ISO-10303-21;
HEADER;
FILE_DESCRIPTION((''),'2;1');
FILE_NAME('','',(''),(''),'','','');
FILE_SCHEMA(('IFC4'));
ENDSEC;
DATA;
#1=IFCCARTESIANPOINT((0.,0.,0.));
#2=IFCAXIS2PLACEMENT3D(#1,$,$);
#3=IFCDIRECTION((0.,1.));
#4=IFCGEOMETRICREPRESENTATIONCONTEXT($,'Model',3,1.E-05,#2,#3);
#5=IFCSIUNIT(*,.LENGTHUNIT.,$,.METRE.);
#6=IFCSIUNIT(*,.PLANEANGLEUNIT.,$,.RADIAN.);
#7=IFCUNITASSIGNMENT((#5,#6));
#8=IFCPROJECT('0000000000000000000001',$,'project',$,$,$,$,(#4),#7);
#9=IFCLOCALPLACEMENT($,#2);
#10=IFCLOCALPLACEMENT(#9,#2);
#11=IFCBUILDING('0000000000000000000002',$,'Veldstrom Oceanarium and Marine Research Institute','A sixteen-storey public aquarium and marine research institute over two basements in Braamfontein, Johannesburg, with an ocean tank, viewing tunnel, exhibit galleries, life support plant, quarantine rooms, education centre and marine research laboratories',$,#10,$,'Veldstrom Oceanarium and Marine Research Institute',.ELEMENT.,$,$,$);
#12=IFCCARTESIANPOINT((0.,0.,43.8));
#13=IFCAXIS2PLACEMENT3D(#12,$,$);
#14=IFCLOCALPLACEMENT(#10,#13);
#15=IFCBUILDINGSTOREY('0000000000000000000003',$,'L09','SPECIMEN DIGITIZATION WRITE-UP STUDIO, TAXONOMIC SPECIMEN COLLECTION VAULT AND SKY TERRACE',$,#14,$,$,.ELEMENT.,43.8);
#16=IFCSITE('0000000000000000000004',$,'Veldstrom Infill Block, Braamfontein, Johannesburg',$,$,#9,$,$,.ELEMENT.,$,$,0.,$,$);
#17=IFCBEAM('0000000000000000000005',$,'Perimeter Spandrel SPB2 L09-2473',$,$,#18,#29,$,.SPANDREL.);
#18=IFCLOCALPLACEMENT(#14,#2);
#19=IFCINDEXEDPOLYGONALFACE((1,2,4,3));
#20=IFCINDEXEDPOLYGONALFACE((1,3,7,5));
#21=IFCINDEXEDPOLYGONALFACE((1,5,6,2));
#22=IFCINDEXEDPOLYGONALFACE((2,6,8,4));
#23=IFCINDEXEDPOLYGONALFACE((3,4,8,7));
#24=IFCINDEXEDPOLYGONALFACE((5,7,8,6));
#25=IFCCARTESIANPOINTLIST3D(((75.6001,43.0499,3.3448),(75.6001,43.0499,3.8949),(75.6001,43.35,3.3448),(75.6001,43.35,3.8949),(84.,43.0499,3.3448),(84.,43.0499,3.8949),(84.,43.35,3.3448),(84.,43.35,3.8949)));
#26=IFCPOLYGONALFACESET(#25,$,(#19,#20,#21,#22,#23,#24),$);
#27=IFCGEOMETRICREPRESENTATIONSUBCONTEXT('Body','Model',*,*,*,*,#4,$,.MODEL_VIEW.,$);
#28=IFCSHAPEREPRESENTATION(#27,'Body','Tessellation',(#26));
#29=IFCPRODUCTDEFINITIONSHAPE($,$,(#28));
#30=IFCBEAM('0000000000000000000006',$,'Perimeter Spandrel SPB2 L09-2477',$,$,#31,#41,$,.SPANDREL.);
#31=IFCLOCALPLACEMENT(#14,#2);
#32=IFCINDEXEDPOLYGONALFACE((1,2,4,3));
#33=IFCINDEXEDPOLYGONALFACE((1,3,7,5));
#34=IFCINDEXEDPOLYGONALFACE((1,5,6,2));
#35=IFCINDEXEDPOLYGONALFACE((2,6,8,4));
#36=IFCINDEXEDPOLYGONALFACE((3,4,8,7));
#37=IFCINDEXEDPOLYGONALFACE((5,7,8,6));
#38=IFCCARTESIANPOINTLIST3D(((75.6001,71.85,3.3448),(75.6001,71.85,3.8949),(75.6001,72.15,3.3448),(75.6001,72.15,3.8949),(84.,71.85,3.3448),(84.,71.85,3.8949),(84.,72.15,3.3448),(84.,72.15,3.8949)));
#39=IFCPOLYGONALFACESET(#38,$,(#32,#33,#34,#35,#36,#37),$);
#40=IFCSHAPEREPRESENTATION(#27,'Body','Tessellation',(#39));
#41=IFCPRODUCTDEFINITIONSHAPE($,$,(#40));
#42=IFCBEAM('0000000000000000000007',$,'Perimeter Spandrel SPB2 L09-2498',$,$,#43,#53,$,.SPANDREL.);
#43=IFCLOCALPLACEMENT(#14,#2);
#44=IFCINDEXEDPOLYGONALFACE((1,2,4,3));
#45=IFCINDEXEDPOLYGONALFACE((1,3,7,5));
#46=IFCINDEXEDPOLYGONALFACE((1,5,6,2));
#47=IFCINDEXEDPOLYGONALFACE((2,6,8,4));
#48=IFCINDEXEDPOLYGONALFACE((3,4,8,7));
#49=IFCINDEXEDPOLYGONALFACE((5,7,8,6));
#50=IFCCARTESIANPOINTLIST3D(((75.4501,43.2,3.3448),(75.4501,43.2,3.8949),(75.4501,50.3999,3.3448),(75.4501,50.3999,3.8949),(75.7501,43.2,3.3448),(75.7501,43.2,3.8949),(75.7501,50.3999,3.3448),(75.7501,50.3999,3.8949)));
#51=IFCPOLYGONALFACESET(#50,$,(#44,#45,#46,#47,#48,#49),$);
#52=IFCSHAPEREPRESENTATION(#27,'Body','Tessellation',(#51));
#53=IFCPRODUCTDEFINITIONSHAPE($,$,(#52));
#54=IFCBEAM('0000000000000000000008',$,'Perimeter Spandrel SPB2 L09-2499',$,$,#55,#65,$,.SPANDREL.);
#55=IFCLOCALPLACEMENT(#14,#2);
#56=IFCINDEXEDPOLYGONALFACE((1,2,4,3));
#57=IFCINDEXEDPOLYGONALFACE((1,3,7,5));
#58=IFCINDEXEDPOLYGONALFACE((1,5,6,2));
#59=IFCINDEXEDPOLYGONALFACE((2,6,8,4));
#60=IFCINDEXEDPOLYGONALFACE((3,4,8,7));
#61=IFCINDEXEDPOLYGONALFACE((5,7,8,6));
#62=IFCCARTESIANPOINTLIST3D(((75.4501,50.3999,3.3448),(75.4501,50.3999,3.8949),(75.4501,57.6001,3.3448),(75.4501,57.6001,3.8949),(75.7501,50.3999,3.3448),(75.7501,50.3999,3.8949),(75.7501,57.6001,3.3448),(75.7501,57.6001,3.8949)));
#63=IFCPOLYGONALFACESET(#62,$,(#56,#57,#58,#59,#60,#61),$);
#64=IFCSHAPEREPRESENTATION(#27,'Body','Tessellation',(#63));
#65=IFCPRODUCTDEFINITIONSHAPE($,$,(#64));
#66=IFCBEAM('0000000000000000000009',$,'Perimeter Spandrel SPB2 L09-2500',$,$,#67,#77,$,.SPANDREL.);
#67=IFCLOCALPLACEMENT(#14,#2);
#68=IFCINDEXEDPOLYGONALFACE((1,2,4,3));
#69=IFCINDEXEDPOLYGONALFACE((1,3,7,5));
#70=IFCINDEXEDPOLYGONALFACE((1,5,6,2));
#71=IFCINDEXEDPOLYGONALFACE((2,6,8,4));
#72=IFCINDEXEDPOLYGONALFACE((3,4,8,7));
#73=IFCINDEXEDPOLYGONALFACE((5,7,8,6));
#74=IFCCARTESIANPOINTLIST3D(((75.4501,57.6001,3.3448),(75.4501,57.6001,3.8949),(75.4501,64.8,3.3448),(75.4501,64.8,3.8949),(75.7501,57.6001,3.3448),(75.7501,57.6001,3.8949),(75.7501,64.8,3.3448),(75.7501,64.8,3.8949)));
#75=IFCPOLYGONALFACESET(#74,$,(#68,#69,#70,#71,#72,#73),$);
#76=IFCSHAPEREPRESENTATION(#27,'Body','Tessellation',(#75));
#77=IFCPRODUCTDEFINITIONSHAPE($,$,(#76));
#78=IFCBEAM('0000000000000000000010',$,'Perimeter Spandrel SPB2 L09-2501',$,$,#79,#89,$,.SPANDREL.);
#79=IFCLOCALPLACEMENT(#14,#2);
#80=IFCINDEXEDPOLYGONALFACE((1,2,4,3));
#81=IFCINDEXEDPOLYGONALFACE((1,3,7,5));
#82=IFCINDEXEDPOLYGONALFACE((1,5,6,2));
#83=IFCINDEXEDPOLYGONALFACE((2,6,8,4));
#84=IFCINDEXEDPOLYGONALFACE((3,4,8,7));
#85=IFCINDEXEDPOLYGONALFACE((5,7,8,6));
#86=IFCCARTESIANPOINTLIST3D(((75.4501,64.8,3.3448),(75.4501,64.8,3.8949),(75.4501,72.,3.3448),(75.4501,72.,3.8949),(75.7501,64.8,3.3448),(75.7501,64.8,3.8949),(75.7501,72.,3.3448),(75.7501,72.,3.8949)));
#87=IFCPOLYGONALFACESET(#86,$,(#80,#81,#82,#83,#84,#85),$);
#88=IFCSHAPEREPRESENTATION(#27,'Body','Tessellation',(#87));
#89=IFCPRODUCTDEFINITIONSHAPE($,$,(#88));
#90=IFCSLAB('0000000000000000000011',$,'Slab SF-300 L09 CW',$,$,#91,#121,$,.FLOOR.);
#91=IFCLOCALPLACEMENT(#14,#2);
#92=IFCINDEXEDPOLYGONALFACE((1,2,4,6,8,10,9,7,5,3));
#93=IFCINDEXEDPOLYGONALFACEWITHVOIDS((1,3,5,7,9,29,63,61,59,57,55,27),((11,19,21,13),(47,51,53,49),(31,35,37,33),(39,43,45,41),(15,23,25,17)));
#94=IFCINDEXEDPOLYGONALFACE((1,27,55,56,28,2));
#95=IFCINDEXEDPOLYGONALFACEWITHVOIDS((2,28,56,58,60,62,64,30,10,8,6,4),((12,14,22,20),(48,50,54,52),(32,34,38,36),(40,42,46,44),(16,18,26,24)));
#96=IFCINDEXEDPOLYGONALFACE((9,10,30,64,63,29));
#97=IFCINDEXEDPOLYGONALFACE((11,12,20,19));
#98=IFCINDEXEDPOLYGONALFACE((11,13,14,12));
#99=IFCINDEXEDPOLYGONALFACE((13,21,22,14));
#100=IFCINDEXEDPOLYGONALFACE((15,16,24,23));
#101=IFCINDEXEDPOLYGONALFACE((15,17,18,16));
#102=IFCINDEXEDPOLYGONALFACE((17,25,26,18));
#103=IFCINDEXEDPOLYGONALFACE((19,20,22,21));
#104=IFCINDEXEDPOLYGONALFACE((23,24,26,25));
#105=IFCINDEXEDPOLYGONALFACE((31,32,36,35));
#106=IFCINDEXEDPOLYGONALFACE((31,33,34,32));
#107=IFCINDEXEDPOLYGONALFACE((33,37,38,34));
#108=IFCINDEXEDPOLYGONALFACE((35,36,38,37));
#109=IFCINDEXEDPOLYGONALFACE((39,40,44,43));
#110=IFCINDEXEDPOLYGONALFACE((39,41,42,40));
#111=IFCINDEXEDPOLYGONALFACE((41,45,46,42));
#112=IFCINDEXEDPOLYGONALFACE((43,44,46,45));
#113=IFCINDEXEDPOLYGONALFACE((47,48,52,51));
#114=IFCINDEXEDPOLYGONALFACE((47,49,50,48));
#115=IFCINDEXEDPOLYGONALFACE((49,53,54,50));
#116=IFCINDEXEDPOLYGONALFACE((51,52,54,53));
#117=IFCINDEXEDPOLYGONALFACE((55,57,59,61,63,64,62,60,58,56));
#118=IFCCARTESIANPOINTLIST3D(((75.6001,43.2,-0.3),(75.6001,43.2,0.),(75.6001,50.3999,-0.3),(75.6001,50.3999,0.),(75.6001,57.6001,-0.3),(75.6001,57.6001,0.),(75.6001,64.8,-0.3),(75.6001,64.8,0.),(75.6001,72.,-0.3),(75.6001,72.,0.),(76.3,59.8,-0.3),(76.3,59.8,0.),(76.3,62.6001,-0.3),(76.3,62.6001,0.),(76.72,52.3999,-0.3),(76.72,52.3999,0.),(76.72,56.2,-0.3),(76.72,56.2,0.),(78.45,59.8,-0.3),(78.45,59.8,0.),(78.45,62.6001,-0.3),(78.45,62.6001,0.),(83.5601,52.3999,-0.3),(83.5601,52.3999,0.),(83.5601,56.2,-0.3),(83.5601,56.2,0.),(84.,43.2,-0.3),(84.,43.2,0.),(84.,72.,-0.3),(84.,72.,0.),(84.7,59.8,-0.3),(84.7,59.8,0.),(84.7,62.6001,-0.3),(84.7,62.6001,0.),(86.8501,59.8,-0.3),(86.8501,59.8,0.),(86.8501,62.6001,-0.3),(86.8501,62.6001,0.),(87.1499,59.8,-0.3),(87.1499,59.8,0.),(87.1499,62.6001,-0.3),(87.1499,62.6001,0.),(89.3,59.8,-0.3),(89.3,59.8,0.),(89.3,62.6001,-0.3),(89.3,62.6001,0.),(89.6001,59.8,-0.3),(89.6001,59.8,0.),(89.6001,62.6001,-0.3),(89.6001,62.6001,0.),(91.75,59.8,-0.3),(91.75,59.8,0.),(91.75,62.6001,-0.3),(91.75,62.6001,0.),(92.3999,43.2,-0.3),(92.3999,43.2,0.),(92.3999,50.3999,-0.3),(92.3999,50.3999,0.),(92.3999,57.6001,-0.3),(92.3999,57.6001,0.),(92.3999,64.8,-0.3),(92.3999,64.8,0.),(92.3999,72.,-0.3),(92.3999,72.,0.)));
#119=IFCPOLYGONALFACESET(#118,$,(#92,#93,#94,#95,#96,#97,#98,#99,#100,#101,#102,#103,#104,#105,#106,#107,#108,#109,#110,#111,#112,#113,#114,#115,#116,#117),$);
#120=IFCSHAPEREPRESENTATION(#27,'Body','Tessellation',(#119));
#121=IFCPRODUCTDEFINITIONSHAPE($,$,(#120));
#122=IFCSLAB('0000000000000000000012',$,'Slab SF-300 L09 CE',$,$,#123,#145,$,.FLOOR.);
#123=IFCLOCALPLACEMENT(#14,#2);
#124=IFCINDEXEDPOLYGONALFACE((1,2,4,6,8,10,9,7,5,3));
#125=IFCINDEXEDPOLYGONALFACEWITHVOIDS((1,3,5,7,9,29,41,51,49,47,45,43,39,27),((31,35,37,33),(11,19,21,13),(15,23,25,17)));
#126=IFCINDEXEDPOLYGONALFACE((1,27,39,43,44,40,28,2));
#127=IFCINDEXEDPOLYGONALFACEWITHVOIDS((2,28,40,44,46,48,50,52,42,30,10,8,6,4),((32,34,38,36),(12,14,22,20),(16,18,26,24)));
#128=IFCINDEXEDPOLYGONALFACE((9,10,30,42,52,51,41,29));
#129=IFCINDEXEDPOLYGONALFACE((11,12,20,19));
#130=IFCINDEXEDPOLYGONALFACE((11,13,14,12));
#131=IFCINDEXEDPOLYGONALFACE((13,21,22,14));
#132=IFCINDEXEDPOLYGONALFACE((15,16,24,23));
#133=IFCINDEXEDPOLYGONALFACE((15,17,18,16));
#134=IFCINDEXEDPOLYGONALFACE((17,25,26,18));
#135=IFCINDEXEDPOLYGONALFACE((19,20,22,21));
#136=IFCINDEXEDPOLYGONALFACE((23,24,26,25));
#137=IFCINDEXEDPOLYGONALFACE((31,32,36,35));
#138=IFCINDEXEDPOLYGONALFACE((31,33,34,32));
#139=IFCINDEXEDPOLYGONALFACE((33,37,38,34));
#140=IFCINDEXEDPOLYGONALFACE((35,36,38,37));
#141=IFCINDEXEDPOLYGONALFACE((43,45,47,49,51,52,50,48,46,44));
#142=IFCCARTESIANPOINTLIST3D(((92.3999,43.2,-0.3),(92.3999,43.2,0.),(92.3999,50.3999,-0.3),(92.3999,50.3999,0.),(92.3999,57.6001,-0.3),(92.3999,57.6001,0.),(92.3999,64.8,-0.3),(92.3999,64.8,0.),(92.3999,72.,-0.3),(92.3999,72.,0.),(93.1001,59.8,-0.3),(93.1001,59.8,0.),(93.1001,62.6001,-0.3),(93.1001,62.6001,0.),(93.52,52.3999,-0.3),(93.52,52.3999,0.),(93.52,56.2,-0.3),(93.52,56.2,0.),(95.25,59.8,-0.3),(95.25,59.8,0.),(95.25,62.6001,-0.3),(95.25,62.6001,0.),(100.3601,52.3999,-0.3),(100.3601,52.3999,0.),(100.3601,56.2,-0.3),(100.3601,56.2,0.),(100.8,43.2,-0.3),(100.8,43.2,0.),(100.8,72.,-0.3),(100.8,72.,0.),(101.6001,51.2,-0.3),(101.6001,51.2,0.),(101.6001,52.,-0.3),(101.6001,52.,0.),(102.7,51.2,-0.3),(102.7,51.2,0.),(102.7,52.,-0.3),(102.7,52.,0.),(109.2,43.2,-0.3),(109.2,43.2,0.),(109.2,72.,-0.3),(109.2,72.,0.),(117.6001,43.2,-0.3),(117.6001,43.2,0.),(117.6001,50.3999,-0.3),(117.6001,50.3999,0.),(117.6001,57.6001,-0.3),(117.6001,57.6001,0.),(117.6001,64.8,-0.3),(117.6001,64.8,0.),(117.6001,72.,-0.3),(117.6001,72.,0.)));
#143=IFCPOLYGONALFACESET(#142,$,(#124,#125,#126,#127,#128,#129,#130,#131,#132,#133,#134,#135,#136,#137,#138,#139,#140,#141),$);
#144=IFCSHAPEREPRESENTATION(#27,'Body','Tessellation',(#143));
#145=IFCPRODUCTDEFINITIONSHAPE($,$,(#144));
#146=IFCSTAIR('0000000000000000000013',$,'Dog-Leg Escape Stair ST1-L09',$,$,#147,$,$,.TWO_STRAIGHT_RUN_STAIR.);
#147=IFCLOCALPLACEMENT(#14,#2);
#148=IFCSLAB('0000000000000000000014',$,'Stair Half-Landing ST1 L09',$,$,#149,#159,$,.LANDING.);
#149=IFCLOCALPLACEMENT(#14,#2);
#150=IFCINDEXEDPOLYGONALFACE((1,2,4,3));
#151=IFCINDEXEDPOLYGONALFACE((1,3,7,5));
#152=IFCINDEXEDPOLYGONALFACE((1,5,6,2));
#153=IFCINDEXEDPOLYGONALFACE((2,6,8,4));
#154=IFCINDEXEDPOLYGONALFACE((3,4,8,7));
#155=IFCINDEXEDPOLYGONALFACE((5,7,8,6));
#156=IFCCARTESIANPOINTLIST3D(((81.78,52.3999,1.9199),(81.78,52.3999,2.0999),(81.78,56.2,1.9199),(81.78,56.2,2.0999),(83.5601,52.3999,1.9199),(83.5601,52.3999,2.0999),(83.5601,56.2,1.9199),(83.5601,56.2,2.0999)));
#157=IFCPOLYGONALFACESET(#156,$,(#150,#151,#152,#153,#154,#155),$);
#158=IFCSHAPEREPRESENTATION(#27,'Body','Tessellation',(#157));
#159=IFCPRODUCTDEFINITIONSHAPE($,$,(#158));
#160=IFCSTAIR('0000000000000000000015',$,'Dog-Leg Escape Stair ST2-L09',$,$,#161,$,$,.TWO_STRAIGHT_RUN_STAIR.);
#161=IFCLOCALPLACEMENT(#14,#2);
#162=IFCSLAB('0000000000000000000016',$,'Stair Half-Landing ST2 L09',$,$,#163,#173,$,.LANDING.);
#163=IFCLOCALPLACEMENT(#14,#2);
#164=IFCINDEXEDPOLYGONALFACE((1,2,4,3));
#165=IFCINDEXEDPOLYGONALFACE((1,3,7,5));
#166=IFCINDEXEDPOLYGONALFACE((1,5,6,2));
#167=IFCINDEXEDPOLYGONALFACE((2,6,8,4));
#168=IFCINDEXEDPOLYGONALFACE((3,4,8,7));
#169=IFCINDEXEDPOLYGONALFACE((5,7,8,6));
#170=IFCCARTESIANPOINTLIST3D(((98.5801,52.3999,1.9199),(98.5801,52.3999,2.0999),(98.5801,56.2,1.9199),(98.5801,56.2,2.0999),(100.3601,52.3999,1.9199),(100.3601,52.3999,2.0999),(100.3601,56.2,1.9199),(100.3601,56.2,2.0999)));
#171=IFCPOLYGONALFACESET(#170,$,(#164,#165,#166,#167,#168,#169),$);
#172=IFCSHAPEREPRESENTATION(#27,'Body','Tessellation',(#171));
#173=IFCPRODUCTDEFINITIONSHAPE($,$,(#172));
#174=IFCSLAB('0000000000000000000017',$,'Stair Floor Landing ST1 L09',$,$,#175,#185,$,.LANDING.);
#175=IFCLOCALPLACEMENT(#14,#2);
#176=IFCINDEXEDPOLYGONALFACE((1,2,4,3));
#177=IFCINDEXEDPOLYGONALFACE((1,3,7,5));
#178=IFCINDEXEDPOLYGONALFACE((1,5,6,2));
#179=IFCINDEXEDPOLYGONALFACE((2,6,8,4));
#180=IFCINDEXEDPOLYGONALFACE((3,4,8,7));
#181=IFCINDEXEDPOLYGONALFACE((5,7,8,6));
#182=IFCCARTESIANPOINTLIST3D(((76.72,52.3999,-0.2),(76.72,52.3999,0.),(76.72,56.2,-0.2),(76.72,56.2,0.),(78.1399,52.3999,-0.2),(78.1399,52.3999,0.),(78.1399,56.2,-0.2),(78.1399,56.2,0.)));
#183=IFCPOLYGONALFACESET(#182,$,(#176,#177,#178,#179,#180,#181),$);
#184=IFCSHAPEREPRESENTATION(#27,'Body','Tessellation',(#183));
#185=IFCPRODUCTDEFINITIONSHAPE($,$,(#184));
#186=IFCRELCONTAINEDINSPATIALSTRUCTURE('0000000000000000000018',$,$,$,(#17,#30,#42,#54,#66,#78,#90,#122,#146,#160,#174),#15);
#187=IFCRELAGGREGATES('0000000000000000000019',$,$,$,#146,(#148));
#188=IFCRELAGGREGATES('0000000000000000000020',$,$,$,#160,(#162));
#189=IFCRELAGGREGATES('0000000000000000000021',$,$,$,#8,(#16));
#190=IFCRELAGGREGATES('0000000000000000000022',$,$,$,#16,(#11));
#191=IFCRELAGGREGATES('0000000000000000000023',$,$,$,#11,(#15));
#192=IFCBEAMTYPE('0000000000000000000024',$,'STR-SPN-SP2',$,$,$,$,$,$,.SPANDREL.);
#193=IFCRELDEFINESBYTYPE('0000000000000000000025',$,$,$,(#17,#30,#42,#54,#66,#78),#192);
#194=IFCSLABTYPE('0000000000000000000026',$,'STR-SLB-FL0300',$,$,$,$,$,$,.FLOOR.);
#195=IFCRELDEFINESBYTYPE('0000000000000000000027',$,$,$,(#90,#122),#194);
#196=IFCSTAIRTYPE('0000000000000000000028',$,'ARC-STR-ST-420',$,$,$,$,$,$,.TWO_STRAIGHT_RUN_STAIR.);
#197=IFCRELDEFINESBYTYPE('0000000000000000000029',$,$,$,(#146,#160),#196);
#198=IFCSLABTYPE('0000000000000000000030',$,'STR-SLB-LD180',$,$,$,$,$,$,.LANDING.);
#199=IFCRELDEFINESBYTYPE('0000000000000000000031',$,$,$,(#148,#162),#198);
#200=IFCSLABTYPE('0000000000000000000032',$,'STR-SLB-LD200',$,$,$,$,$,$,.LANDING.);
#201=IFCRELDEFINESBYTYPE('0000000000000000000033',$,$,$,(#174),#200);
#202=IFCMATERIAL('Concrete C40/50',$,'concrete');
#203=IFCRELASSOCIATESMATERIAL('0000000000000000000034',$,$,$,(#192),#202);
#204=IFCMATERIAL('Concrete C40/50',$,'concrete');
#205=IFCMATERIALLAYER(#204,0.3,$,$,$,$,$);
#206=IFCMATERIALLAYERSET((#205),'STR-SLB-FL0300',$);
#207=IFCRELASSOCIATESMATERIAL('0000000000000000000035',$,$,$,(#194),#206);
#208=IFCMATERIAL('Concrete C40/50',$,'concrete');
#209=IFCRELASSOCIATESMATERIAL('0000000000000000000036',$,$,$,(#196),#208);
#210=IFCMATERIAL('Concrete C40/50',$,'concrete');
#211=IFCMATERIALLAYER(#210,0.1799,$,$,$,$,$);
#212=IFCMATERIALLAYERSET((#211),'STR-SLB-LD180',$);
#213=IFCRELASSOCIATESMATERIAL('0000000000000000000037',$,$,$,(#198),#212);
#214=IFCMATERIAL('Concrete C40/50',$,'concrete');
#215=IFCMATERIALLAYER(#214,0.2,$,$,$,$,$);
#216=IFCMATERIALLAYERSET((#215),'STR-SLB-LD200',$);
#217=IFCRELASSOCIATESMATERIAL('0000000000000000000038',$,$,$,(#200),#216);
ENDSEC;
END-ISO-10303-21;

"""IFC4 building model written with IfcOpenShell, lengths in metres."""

from ifc_helpers import new_model, si_unit, direction, frame, origin, origin_2d, place, context, subcontext, project, spatial, polyline, rectangle, outline, extrude, material, layer, layer_set, material_profile, profile_set, type_object, element, aggregate, save


model = new_model("IFC4")

# Units and contexts
model_context = context("Model", 3, precision=1e-05, world=origin(), true_north=direction((0.0, 1.0)))
body_context = subcontext(model_context, "Body", "Model", "MODEL_VIEW")
ifc_project = project(units=[si_unit("LENGTHUNIT", "METRE"), si_unit("PLANEANGLEUNIT", "RADIAN")], contexts=[model_context])

# Site, building, storey
site_placement = place(None, origin())
site = spatial("IfcSite", under=ifc_project, at=site_placement, Name="Veldstrom Infill Block, Braamfontein, Johannesburg", CompositionType="ELEMENT", RefElevation=0.0)
building_placement = place(site_placement, origin())
building = spatial("IfcBuilding", under=site, at=building_placement, Name="Veldstrom Oceanarium and Marine Research Institute", Description="A sixteen-storey public aquarium and marine research institute over two basements in Braamfontein, Johannesburg, with an ocean tank, viewing tunnel, exhibit galleries, life support plant, quarantine rooms, education centre and marine research laboratories", LongName="Veldstrom Oceanarium and Marine Research Institute", CompositionType="ELEMENT")
storey_placement = place(building_placement, frame((0.0, 0.0, 43.8)))
storey = spatial("IfcBuildingStorey", under=building, at=storey_placement, Name="L09", Description="SPECIMEN DIGITIZATION WRITE-UP STUDIO, TAXONOMIC SPECIMEN COLLECTION VAULT AND SKY TERRACE", CompositionType="ELEMENT", Elevation=43.8)

# Beams
ifc_material_1 = material(Name="Concrete C40/50", Category="concrete")
ifc_material_profile_1 = material_profile(ifc_material_1, rectangle(XDim=0.3, YDim=0.55, at=origin_2d()), Name="RC-SPN-300x550")
ifc_profile_set_1 = profile_set([ifc_material_profile_1], Name="Concrete C40/50")
beam_type_1 = type_object("IfcBeamType", Name="STR-SPN-SP2", PredefinedType="SPANDREL", material=ifc_profile_set_1)
for number, where, z_axis, x_axis, name in (
    (1, (75.6001, 43.2, 3.6199), (1.0, 0.0, 0.0), (0.0, 1.0, 0.0), "Perimeter Spandrel SPB2 L09-2473"),
    (2, (75.6001, 72.0, 3.6199), (1.0, 0.0, 0.0), (0.0, 1.0, 0.0), "Perimeter Spandrel SPB2 L09-2477"),
):
    element("IfcBeam", number, at=place(storey_placement, frame(where, z_axis=z_axis, x_axis=x_axis)), inside=storey, type_object=beam_type_1, Name=name, PredefinedType="SPANDREL", context=body_context, shape_type="SweptSolid", body=[
        extrude(rectangle(XDim=0.3, YDim=0.55, at=origin_2d()), origin(), (0.0, 0.0, 1.0), 8.3999),
    ])
beam_1_placement = place(storey_placement, frame((75.6001, 43.2, 3.6199), z_axis=(0.0, 1.0, 0.0), x_axis=(-1.0, 0.0, 0.0)))
element("IfcBeam", 3, at=beam_1_placement, inside=storey, type_object=beam_type_1, Name="Perimeter Spandrel SPB2 L09-2498", PredefinedType="SPANDREL", context=body_context, shape_type="SweptSolid", body=[
    extrude(rectangle(XDim=0.3, YDim=0.55, at=origin_2d()), origin(), (0.0, 0.0, 1.0), 7.2),
])
beam_2_placement = place(storey_placement, frame((75.6001, 50.3999, 3.6199), z_axis=(0.0, 1.0, 0.0), x_axis=(-1.0, 0.0, 0.0)))
element("IfcBeam", 4, at=beam_2_placement, inside=storey, type_object=beam_type_1, Name="Perimeter Spandrel SPB2 L09-2499", PredefinedType="SPANDREL", context=body_context, shape_type="SweptSolid", body=[
    extrude(rectangle(XDim=0.3, YDim=0.55, at=origin_2d()), origin(), (0.0, 0.0, 1.0), 7.2002),
])
for number, where, z_axis, x_axis, name in (
    (5, (75.6001, 57.6001, 3.6199), (0.0, 1.0, 0.0), (-1.0, 0.0, 0.0), "Perimeter Spandrel SPB2 L09-2500"),
    (6, (75.6001, 64.8, 3.6199), (0.0, 1.0, 0.0), (-1.0, 0.0, 0.0), "Perimeter Spandrel SPB2 L09-2501"),
):
    element("IfcBeam", number, at=place(storey_placement, frame(where, z_axis=z_axis, x_axis=x_axis)), inside=storey, type_object=beam_type_1, Name=name, PredefinedType="SPANDREL", context=body_context, shape_type="SweptSolid", body=[
        extrude(rectangle(XDim=0.3, YDim=0.55, at=origin_2d()), origin(), (0.0, 0.0, 1.0), 7.2),
    ])

# Slabs
ifc_material_2 = material(Name="Concrete C40/50", Category="concrete")
ifc_layer_1 = layer(ifc_material_2, 0.3)
ifc_layer_set_1 = layer_set([ifc_layer_1], Name="STR-SLB-FL0300")
slab_type_1 = type_object("IfcSlabType", Name="STR-SLB-FL0300", PredefinedType="FLOOR", material=ifc_layer_set_1)
slab_1_placement = place(storey_placement, frame((0.0, 0.0, -0.3)))
element("IfcSlab", 7, at=slab_1_placement, inside=storey, type_object=slab_type_1, Name="Slab SF-300 L09 CW", PredefinedType="FLOOR", context=body_context, shape_type="SweptSolid", body=[
    extrude(outline(polyline([(92.3999, 50.3999), (92.3999, 43.2), (84.0, 43.2), (75.6001, 43.2), (75.6001, 50.3999), (75.6001, 57.6001), (75.6001, 64.8), (75.6001, 72.0), (84.0, 72.0), (92.3999, 72.0), (92.3999, 64.8), (92.3999, 57.6001), (92.3999, 50.3999)]), holes=[polyline([(76.72, 52.3999), (83.5601, 52.3999), (83.5601, 56.2), (76.72, 56.2), (76.72, 52.3999)]), polyline([(78.45, 62.6001), (76.3, 62.6001), (76.3, 59.8), (78.45, 59.8), (78.45, 62.6001)]), polyline([(84.7, 59.8), (86.8501, 59.8), (86.8501, 62.6001), (84.7, 62.6001), (84.7, 59.8)]), polyline([(87.1499, 62.6001), (87.1499, 59.8), (89.3, 59.8), (89.3, 62.6001), (87.1499, 62.6001)]), polyline([(91.75, 62.6001), (89.6001, 62.6001), (89.6001, 59.8), (91.75, 59.8), (91.75, 62.6001)])]), origin(), (0.0, 0.0, 1.0), 0.3),
])
slab_2_placement = place(storey_placement, frame((0.0, 0.0, -0.3)))
element("IfcSlab", 8, at=slab_2_placement, inside=storey, type_object=slab_type_1, Name="Slab SF-300 L09 CE", PredefinedType="FLOOR", context=body_context, shape_type="SweptSolid", body=[
    extrude(outline(polyline([(117.6001, 57.6001), (117.6001, 50.3999), (117.6001, 43.2), (109.2, 43.2), (100.8, 43.2), (92.3999, 43.2), (92.3999, 50.3999), (92.3999, 57.6001), (92.3999, 64.8), (92.3999, 72.0), (100.8, 72.0), (109.2, 72.0), (117.6001, 72.0), (117.6001, 64.8), (117.6001, 57.6001)]), holes=[polyline([(93.52, 52.3999), (100.3601, 52.3999), (100.3601, 56.2), (93.52, 56.2), (93.52, 52.3999)]), polyline([(95.25, 62.6001), (93.1001, 62.6001), (93.1001, 59.8), (95.25, 59.8), (95.25, 62.6001)]), polyline([(102.7, 52.0), (101.6001, 52.0), (101.6001, 51.2), (102.7, 51.2), (102.7, 52.0)])]), origin(), (0.0, 0.0, 1.0), 0.3),
])

# Stairs, slabs
ifc_material_3 = material(Name="Concrete C40/50", Category="concrete")
stair_type = type_object("IfcStairType", Name="ARC-STR-ST-420", PredefinedType="TWO_STRAIGHT_RUN_STAIR", material=ifc_material_3)
stair_1_placement = place(storey_placement, origin())
stair_1 = element("IfcStair", 9, at=stair_1_placement, inside=storey, type_object=stair_type, Name="Dog-Leg Escape Stair ST1-L09", PredefinedType="TWO_STRAIGHT_RUN_STAIR")
ifc_material_4 = material(Name="Concrete C40/50", Category="concrete")
ifc_layer_2 = layer(ifc_material_4, 0.1799)
ifc_layer_set_2 = layer_set([ifc_layer_2], Name="STR-SLB-LD180")
slab_type_2 = type_object("IfcSlabType", Name="STR-SLB-LD180", PredefinedType="LANDING", material=ifc_layer_set_2)
slab_3_placement = place(storey_placement, frame((0.0, 0.0, 1.9199)))
slab_3 = element("IfcSlab", 10, at=slab_3_placement, type_object=slab_type_2, Name="Stair Half-Landing ST1 L09", PredefinedType="LANDING", context=body_context, shape_type="SweptSolid", body=[
    extrude(outline(polyline([(81.78, 52.3999), (83.5601, 52.3999), (83.5601, 56.2), (81.78, 56.2), (81.78, 52.3999)])), origin(), (0.0, 0.0, 1.0), 0.1799),
])
aggregate(stair_1, [slab_3])
stair_2_placement = place(storey_placement, origin())
stair_2 = element("IfcStair", 11, at=stair_2_placement, inside=storey, type_object=stair_type, Name="Dog-Leg Escape Stair ST2-L09", PredefinedType="TWO_STRAIGHT_RUN_STAIR")
slab_4_placement = place(storey_placement, frame((0.0, 0.0, 1.9199)))
slab_4 = element("IfcSlab", 12, at=slab_4_placement, type_object=slab_type_2, Name="Stair Half-Landing ST2 L09", PredefinedType="LANDING", context=body_context, shape_type="SweptSolid", body=[
    extrude(outline(polyline([(98.5801, 52.3999), (100.3601, 52.3999), (100.3601, 56.2), (98.5801, 56.2), (98.5801, 52.3999)])), origin(), (0.0, 0.0, 1.0), 0.1799),
])
aggregate(stair_2, [slab_4])

# Slab
ifc_material_5 = material(Name="Concrete C40/50", Category="concrete")
ifc_layer_3 = layer(ifc_material_5, 0.2)
ifc_layer_set_3 = layer_set([ifc_layer_3], Name="STR-SLB-LD200")
slab_type_3 = type_object("IfcSlabType", Name="STR-SLB-LD200", PredefinedType="LANDING", material=ifc_layer_set_3)
slab_5_placement = place(storey_placement, frame((0.0, 0.0, -0.2)))
element("IfcSlab", 13, at=slab_5_placement, inside=storey, type_object=slab_type_3, Name="Stair Floor Landing ST1 L09", PredefinedType="LANDING", context=body_context, shape_type="SweptSolid", body=[
    extrude(outline(polyline([(76.72, 52.3999), (78.1399, 52.3999), (78.1399, 56.2), (76.72, 56.2), (76.72, 52.3999)])), origin(), (0.0, 0.0, 1.0), 0.2),
])

save(model, "model.ifc")
